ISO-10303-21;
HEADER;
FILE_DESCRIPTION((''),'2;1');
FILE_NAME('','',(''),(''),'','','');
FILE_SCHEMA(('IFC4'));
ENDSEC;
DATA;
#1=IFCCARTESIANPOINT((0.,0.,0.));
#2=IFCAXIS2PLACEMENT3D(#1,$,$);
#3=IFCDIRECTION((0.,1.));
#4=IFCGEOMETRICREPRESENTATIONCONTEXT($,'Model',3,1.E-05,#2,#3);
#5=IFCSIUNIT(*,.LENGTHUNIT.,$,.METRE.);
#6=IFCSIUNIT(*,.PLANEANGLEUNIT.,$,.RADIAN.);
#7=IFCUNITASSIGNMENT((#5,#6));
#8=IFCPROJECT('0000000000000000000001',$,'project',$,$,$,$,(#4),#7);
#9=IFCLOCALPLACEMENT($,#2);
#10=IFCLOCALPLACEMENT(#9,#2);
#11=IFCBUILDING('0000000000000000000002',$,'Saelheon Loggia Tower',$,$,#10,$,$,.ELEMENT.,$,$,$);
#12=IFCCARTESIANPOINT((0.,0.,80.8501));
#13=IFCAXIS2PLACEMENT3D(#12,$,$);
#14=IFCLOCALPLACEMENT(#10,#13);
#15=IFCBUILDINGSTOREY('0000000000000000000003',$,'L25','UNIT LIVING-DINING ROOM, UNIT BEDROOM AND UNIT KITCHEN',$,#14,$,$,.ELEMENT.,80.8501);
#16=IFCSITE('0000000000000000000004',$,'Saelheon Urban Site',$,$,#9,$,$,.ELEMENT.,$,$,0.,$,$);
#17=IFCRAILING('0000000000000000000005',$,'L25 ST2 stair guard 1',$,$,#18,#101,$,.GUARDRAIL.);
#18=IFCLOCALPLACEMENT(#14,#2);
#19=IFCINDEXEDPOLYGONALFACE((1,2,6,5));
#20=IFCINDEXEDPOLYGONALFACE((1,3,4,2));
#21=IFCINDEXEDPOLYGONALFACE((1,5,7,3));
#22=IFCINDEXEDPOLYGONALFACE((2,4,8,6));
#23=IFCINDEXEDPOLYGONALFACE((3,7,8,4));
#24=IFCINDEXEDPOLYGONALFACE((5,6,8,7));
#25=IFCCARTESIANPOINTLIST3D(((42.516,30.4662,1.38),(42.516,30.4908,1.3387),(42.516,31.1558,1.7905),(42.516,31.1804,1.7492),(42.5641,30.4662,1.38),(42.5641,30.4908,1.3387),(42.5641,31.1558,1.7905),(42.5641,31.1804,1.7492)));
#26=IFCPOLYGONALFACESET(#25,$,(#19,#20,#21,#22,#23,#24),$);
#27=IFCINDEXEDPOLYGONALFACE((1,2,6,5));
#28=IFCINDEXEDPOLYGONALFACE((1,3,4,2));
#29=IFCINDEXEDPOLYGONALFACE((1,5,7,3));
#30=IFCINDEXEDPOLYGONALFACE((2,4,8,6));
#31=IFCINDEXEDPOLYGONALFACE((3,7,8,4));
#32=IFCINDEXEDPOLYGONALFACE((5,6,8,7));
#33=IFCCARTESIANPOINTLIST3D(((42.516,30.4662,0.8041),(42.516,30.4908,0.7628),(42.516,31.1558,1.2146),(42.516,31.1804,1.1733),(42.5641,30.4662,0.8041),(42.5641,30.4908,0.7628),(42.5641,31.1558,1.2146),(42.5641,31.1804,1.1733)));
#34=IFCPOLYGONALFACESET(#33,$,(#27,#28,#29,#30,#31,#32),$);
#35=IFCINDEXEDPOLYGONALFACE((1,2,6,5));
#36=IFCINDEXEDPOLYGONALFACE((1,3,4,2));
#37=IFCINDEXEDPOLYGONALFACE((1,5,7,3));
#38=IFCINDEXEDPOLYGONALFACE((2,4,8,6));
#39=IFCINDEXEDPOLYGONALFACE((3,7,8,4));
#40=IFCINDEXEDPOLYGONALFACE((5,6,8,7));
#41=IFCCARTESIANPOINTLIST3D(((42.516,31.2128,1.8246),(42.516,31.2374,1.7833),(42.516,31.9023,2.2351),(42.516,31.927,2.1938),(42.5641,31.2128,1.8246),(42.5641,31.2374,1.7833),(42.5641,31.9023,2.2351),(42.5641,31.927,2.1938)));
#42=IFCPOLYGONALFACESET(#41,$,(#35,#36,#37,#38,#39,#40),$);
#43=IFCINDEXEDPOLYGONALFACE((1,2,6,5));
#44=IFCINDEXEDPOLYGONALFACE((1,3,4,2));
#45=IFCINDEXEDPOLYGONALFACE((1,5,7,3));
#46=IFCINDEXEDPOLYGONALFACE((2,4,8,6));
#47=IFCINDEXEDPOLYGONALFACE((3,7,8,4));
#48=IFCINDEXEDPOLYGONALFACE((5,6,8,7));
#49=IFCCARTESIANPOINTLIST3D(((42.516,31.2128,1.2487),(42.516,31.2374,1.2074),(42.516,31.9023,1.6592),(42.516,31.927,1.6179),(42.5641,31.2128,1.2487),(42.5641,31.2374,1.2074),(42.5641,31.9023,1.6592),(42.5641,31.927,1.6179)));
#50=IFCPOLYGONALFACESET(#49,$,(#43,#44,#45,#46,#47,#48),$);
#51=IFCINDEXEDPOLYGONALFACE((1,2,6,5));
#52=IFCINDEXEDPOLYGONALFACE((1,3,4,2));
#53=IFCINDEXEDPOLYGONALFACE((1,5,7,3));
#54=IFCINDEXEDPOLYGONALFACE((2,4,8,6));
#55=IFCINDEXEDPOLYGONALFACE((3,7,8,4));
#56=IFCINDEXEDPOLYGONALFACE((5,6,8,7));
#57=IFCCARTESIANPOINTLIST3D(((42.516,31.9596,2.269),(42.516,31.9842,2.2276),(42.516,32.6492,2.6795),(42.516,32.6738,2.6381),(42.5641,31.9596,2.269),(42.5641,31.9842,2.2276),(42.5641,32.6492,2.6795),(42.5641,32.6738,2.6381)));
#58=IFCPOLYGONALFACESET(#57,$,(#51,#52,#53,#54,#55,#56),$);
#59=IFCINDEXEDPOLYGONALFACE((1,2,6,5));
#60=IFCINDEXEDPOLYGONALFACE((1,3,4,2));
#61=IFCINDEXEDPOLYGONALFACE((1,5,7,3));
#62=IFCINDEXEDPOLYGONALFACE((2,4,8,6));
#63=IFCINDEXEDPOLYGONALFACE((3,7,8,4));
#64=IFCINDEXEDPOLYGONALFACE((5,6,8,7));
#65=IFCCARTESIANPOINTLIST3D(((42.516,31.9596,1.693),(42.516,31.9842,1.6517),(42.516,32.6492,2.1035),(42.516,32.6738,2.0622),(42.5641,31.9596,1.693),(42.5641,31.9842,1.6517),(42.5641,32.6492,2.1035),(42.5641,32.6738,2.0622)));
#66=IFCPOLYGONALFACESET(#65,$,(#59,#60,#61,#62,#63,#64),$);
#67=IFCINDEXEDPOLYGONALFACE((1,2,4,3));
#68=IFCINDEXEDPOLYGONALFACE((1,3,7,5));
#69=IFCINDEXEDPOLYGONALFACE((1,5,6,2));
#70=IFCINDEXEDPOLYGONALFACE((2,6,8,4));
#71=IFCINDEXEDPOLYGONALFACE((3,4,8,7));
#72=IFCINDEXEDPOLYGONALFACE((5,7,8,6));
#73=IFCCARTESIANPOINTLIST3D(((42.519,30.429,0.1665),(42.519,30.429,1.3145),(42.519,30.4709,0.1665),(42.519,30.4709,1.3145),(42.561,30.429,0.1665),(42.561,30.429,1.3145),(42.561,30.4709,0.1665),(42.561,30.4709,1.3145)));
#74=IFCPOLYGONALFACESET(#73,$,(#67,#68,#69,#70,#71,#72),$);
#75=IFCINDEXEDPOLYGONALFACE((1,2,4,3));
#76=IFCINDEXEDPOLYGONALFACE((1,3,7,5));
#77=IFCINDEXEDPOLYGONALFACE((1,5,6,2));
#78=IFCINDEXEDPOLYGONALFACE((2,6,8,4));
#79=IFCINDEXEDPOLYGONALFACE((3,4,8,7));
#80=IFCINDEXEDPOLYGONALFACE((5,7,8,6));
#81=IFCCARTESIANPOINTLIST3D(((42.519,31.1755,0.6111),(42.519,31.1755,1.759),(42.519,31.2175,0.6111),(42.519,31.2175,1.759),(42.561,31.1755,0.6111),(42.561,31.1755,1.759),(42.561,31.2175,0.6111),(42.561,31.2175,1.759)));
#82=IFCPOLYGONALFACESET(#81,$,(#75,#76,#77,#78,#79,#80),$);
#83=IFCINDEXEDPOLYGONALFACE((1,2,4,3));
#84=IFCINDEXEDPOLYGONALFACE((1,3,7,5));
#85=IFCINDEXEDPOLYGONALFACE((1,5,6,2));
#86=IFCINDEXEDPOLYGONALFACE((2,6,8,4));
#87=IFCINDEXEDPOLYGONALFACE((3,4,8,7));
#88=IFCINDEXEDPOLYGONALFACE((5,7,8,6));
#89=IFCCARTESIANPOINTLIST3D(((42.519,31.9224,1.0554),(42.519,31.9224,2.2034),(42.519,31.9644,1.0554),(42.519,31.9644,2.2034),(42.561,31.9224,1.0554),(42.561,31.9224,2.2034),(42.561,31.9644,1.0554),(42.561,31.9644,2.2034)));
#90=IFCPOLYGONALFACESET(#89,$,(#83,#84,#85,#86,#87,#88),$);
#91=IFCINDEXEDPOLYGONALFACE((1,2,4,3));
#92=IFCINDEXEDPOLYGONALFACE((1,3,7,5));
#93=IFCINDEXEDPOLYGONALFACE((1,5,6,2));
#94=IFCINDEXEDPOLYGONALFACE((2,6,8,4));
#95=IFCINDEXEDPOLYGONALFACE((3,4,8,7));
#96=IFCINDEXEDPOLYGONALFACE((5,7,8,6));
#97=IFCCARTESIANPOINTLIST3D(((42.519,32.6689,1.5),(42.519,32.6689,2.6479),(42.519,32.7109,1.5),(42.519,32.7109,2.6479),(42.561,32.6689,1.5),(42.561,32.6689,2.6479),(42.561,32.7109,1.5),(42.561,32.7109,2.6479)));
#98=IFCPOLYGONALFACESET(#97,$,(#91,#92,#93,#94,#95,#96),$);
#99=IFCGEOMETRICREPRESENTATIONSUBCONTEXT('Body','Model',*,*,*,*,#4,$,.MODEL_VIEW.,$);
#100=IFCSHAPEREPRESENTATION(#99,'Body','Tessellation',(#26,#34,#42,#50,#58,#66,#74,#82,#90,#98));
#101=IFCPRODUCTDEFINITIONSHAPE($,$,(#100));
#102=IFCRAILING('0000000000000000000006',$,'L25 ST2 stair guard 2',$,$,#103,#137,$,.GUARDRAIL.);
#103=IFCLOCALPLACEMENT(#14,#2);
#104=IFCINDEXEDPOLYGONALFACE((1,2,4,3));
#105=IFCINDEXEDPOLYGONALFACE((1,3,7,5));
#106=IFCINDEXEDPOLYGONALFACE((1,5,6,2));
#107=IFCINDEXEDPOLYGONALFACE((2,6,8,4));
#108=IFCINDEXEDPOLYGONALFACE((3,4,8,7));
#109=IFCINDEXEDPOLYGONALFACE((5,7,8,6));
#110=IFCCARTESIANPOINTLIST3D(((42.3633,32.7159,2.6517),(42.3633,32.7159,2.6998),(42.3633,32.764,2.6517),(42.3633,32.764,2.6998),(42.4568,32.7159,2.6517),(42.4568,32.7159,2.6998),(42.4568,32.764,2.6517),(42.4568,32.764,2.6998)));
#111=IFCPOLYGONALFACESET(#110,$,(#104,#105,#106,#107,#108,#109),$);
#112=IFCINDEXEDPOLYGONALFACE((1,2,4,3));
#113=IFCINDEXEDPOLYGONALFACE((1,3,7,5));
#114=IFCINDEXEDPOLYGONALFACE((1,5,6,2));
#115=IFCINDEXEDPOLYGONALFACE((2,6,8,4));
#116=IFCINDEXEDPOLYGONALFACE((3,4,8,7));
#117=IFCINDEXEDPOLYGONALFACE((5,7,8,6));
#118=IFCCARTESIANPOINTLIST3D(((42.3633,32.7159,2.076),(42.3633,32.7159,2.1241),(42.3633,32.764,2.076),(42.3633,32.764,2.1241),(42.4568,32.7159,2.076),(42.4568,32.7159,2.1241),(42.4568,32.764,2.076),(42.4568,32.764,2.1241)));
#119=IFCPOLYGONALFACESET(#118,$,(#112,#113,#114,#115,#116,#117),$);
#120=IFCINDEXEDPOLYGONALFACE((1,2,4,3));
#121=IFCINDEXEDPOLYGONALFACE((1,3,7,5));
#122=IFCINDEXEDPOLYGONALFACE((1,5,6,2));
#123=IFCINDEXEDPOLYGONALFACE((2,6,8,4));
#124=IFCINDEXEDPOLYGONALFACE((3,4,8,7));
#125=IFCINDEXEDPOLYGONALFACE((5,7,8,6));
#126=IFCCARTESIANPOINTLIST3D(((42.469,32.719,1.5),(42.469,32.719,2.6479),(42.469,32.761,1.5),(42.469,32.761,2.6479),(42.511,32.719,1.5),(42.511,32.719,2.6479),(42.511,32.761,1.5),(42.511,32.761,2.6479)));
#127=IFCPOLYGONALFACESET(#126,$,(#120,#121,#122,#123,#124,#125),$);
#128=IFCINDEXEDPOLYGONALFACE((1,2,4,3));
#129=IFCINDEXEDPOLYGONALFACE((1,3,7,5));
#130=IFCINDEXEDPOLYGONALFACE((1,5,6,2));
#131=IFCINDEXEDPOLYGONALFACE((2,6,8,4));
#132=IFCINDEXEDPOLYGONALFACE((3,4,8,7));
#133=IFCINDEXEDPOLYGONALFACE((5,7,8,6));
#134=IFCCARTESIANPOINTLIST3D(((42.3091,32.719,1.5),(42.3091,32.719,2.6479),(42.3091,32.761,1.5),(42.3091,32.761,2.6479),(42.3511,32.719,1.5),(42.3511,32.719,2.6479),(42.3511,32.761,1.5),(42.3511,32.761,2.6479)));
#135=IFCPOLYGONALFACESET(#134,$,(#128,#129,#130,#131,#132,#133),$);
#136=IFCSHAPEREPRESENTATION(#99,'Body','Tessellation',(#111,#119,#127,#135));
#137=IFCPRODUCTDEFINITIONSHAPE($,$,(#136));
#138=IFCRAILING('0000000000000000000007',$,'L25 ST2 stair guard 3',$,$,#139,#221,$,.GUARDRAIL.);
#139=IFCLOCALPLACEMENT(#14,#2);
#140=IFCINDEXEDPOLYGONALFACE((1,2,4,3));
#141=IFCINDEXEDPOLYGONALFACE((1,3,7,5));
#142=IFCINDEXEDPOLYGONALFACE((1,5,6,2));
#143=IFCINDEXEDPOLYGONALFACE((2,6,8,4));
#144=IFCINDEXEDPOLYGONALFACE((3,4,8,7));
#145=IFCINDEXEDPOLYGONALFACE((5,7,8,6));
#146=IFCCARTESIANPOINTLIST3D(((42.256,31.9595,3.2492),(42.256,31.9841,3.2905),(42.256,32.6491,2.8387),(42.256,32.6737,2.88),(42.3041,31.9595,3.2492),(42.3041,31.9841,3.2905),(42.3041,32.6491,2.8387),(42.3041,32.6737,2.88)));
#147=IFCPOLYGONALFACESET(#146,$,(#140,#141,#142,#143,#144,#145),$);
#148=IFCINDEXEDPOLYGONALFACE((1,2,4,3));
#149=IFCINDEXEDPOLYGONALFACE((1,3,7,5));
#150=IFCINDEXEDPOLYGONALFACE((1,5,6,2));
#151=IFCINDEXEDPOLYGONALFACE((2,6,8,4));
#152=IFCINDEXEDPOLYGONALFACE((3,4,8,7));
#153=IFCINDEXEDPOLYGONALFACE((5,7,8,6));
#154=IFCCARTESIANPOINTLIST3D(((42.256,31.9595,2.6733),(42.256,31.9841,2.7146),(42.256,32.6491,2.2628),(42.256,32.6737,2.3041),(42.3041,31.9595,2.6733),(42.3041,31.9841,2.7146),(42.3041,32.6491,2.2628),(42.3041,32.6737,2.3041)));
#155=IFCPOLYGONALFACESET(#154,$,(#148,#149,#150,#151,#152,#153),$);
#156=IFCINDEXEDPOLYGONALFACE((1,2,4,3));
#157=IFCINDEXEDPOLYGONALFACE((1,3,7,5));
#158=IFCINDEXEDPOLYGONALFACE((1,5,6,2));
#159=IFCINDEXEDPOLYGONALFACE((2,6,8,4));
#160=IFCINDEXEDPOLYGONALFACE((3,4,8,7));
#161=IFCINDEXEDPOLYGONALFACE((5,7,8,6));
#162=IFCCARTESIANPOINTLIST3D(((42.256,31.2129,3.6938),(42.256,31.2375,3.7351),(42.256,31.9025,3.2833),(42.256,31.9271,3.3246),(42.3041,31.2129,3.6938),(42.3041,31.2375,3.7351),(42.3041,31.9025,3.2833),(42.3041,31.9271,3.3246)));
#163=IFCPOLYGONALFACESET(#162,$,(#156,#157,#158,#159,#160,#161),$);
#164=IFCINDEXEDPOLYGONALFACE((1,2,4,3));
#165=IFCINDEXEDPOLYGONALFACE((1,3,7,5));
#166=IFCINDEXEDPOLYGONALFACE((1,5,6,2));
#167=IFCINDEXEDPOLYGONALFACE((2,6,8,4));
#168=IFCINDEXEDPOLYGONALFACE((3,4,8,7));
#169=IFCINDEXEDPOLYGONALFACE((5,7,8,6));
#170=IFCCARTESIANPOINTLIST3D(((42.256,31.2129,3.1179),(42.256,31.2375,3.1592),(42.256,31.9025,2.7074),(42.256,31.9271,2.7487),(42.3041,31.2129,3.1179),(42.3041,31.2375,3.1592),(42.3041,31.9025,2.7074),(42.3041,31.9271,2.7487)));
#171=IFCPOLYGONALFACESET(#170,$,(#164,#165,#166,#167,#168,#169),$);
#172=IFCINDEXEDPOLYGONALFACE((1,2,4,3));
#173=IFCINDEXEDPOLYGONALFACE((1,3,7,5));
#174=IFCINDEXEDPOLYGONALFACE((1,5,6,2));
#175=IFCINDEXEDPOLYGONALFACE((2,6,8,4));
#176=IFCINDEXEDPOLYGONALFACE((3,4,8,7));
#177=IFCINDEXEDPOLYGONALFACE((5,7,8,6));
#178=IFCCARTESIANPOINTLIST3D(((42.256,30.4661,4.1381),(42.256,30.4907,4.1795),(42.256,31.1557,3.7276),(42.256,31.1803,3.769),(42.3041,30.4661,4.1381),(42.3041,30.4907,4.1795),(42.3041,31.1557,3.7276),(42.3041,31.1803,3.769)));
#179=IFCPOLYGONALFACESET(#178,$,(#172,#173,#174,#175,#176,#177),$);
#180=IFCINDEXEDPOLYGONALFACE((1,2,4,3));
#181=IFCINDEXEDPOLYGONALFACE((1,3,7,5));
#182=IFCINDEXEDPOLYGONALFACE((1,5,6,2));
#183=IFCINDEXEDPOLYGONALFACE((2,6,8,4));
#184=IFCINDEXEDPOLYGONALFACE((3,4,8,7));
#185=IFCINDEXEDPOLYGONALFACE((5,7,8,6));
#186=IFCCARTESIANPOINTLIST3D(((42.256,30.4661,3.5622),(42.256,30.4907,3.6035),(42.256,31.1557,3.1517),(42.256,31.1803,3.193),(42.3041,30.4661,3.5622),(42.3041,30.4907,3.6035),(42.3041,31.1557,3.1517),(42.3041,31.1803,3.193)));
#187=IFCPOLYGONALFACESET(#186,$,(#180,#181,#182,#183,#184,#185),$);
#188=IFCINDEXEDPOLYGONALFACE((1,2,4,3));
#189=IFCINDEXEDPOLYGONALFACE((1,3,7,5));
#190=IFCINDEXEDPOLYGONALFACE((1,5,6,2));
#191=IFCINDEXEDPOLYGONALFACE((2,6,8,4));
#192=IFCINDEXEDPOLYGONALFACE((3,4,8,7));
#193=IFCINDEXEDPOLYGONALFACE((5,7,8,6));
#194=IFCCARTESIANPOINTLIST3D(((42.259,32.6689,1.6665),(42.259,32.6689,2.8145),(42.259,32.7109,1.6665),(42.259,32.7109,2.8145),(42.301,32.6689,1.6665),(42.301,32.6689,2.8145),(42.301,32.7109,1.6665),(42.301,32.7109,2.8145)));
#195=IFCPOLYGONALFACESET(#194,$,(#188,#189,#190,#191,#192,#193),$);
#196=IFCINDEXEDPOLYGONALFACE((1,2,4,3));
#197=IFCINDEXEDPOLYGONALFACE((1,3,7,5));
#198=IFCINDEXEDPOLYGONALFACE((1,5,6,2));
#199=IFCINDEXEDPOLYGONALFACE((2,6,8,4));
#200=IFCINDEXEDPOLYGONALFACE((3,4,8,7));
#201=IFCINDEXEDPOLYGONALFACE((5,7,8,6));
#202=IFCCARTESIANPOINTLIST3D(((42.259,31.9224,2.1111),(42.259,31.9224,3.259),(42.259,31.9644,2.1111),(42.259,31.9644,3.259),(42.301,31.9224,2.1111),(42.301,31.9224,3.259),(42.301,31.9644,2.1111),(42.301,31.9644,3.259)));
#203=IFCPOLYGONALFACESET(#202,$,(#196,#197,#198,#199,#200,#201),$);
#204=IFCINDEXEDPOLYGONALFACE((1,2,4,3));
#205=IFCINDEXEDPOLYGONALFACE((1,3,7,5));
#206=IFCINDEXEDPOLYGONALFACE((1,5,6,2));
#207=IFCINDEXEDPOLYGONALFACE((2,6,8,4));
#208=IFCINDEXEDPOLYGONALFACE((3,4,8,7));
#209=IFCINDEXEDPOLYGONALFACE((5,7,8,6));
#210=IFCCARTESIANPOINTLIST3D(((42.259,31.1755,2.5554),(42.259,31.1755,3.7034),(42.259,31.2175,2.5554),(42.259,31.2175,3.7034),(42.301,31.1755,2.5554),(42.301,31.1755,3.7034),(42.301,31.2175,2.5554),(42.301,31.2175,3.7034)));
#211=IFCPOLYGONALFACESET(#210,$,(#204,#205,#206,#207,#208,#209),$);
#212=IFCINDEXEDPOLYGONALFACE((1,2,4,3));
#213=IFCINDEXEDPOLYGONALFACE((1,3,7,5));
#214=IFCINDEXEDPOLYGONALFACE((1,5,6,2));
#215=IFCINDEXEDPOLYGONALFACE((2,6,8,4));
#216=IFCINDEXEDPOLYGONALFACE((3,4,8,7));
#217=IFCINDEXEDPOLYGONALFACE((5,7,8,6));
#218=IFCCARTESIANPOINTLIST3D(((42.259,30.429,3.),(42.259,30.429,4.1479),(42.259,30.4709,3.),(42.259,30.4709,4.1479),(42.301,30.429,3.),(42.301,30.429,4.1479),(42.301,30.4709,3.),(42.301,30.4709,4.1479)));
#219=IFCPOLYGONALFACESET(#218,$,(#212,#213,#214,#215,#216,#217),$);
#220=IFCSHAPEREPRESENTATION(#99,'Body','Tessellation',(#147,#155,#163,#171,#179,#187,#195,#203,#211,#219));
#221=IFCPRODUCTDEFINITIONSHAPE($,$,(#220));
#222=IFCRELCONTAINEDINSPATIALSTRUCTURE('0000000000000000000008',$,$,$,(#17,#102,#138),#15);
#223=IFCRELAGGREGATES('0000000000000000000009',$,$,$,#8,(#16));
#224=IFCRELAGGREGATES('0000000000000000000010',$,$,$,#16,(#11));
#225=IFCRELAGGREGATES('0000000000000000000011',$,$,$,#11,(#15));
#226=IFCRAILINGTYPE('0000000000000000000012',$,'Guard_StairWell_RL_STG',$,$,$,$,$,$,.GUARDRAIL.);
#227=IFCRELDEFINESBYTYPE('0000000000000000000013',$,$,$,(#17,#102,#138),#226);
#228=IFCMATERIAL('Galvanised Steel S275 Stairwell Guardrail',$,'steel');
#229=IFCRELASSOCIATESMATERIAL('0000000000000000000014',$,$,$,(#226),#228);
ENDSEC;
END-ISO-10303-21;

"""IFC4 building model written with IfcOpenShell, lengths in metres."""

from ifc_helpers import new_model, si_unit, direction, frame, origin, origin_2d, place, context, subcontext, project, spatial, rectangle, extrude, material, type_object, element, save


model = new_model("IFC4")

# Units and contexts
model_context = context("Model", 3, precision=1e-05, world=origin(), true_north=direction((0.0, 1.0)))
body_context = subcontext(model_context, "Body", "Model", "MODEL_VIEW")
ifc_project = project(units=[si_unit("LENGTHUNIT", "METRE"), si_unit("PLANEANGLEUNIT", "RADIAN")], contexts=[model_context])

# Site, building, storey
site_placement = place(None, origin())
site = spatial("IfcSite", under=ifc_project, at=site_placement, Name="Saelheon Urban Site", CompositionType="ELEMENT", RefElevation=0.0)
building_placement = place(site_placement, origin())
building = spatial("IfcBuilding", under=site, at=building_placement, Name="Saelheon Loggia Tower", CompositionType="ELEMENT")
storey_placement = place(building_placement, frame((0.0, 0.0, 80.8501)))
storey = spatial("IfcBuildingStorey", under=building, at=storey_placement, Name="L25", Description="UNIT LIVING-DINING ROOM, UNIT BEDROOM AND UNIT KITCHEN", CompositionType="ELEMENT", Elevation=80.8501)

# Railings
ifc_material_1 = material(Name="Galvanised Steel S275 Stairwell Guardrail", Category="steel")
railing_type_1 = type_object("IfcRailingType", Name="Guard_StairWell_RL_STG", PredefinedType="GUARDRAIL", material=ifc_material_1)
railing_1_placement = place(storey_placement, frame((42.54, 30.45, 0.1665)))
element("IfcRailing", 1, at=railing_1_placement, inside=storey, type_object=railing_type_1, Name="L25 ST2 stair guard 1", PredefinedType="GUARDRAIL", context=body_context, shape_type="SweptSolid", body=[
    extrude(rectangle(XDim=0.0481, YDim=0.0481, at=origin_2d()), frame((0.0, 0.0286, 1.1929), z_axis=(0.0, 0.859264, 0.511532), x_axis=(-1.0, 0.0, 0.0)), (0.0, 0.0, 1.0), 0.8025),
    extrude(rectangle(XDim=0.0481, YDim=0.0481, at=origin_2d()), frame((0.0, 0.0286, 0.6169), z_axis=(0.0, 0.859264, 0.511532), x_axis=(-1.0, 0.0, 0.0)), (0.0, 0.0, 1.0), 0.8025),
    extrude(rectangle(XDim=0.0481, YDim=0.0481, at=origin_2d()), frame((0.0, 0.7751, 1.6375), z_axis=(0.0, 0.859264, 0.511532), x_axis=(-1.0, 0.0, 0.0)), (0.0, 0.0, 1.0), 0.8025),
    extrude(rectangle(XDim=0.0481, YDim=0.0481, at=origin_2d()), frame((0.0, 0.7751, 1.0615), z_axis=(0.0, 0.859264, 0.511532), x_axis=(-1.0, 0.0, 0.0)), (0.0, 0.0, 1.0), 0.8025),
    extrude(rectangle(XDim=0.0481, YDim=0.0481, at=origin_2d()), frame((0.0, 1.522, 2.0818), z_axis=(0.0, 0.859264, 0.511532), x_axis=(-1.0, 0.0, 0.0)), (0.0, 0.0, 1.0), 0.8025),
    extrude(rectangle(XDim=0.0481, YDim=0.0481, at=origin_2d()), frame((0.0, 1.522, 1.5059), z_axis=(0.0, 0.859264, 0.511532), x_axis=(-1.0, 0.0, 0.0)), (0.0, 0.0, 1.0), 0.8025),
    extrude(rectangle(XDim=0.042, YDim=0.042, at=origin_2d()), origin(), (0.0, 0.0, 1.0), 1.1479),
    extrude(rectangle(XDim=0.042, YDim=0.042, at=origin_2d()), frame((0.0, 0.7466, 0.4446)), (0.0, 0.0, 1.0), 1.1479),
    extrude(rectangle(XDim=0.042, YDim=0.042, at=origin_2d()), frame((0.0, 1.4934, 0.8889)), (0.0, 0.0, 1.0), 1.1479),
    extrude(rectangle(XDim=0.042, YDim=0.042, at=origin_2d()), frame((0.0, 2.24, 1.3335)), (0.0, 0.0, 1.0), 1.1479),
])
railing_2_placement = place(storey_placement, frame((42.49, 32.74, 1.5)))
element("IfcRailing", 2, at=railing_2_placement, inside=storey, type_object=railing_type_1, Name="L25 ST2 stair guard 2", PredefinedType="GUARDRAIL", context=body_context, shape_type="SweptSolid", body=[
    extrude(rectangle(XDim=0.0481, YDim=0.0481, at=origin_2d()), frame((-0.0332, 0.0, 1.1758), z_axis=(-1.0, 0.0, 0.0), x_axis=(0.0, -1.0, 0.0)), (0.0, 0.0, 1.0), 0.0935),
    extrude(rectangle(XDim=0.0481, YDim=0.0481, at=origin_2d()), frame((-0.0332, 0.0, 0.6001), z_axis=(-1.0, 0.0, 0.0), x_axis=(0.0, -1.0, 0.0)), (0.0, 0.0, 1.0), 0.0935),
    extrude(rectangle(XDim=0.042, YDim=0.042, at=origin_2d()), origin(), (0.0, 0.0, 1.0), 1.1479),
    extrude(rectangle(XDim=0.042, YDim=0.042, at=origin_2d()), frame((-0.1599, 0.0, 0.0)), (0.0, 0.0, 1.0), 1.1479),
])
railing_3_placement = place(storey_placement, frame((42.28, 32.6899, 1.6665)))
element("IfcRailing", 3, at=railing_3_placement, inside=storey, type_object=railing_type_1, Name="L25 ST2 stair guard 3", PredefinedType="GUARDRAIL", context=body_context, shape_type="SweptSolid", body=[
    extrude(rectangle(XDim=0.0481, YDim=0.0481, at=origin_2d()), frame((0.0, -0.0286, 1.1929), z_axis=(0.0, -0.859264, 0.511532), x_axis=(1.0, 0.0, 0.0)), (0.0, 0.0, 1.0), 0.8025),
    extrude(rectangle(XDim=0.0481, YDim=0.0481, at=origin_2d()), frame((0.0, -0.0286, 0.6169), z_axis=(0.0, -0.859264, 0.511532), x_axis=(1.0, 0.0, 0.0)), (0.0, 0.0, 1.0), 0.8025),
    extrude(rectangle(XDim=0.0481, YDim=0.0481, at=origin_2d()), frame((0.0, -0.7751, 1.6375), z_axis=(0.0, -0.859264, 0.511532), x_axis=(1.0, 0.0, 0.0)), (0.0, 0.0, 1.0), 0.8025),
    extrude(rectangle(XDim=0.0481, YDim=0.0481, at=origin_2d()), frame((0.0, -0.7751, 1.0615), z_axis=(0.0, -0.859264, 0.511532), x_axis=(1.0, 0.0, 0.0)), (0.0, 0.0, 1.0), 0.8025),
    extrude(rectangle(XDim=0.0481, YDim=0.0481, at=origin_2d()), frame((0.0, -1.522, 2.0818), z_axis=(0.0, -0.859264, 0.511532), x_axis=(1.0, 0.0, 0.0)), (0.0, 0.0, 1.0), 0.8025),
    extrude(rectangle(XDim=0.0481, YDim=0.0481, at=origin_2d()), frame((0.0, -1.522, 1.5059), z_axis=(0.0, -0.859264, 0.511532), x_axis=(1.0, 0.0, 0.0)), (0.0, 0.0, 1.0), 0.8025),
    extrude(rectangle(XDim=0.042, YDim=0.042, at=origin_2d()), origin(), (0.0, 0.0, 1.0), 1.1479),
    extrude(rectangle(XDim=0.042, YDim=0.042, at=origin_2d()), frame((0.0, -0.7466, 0.4446)), (0.0, 0.0, 1.0), 1.1479),
    extrude(rectangle(XDim=0.042, YDim=0.042, at=origin_2d()), frame((0.0, -1.4934, 0.8889)), (0.0, 0.0, 1.0), 1.1479),
    extrude(rectangle(XDim=0.042, YDim=0.042, at=origin_2d()), frame((0.0, -2.24, 1.3335)), (0.0, 0.0, 1.0), 1.1479),
])

save(model, "model.ifc")
